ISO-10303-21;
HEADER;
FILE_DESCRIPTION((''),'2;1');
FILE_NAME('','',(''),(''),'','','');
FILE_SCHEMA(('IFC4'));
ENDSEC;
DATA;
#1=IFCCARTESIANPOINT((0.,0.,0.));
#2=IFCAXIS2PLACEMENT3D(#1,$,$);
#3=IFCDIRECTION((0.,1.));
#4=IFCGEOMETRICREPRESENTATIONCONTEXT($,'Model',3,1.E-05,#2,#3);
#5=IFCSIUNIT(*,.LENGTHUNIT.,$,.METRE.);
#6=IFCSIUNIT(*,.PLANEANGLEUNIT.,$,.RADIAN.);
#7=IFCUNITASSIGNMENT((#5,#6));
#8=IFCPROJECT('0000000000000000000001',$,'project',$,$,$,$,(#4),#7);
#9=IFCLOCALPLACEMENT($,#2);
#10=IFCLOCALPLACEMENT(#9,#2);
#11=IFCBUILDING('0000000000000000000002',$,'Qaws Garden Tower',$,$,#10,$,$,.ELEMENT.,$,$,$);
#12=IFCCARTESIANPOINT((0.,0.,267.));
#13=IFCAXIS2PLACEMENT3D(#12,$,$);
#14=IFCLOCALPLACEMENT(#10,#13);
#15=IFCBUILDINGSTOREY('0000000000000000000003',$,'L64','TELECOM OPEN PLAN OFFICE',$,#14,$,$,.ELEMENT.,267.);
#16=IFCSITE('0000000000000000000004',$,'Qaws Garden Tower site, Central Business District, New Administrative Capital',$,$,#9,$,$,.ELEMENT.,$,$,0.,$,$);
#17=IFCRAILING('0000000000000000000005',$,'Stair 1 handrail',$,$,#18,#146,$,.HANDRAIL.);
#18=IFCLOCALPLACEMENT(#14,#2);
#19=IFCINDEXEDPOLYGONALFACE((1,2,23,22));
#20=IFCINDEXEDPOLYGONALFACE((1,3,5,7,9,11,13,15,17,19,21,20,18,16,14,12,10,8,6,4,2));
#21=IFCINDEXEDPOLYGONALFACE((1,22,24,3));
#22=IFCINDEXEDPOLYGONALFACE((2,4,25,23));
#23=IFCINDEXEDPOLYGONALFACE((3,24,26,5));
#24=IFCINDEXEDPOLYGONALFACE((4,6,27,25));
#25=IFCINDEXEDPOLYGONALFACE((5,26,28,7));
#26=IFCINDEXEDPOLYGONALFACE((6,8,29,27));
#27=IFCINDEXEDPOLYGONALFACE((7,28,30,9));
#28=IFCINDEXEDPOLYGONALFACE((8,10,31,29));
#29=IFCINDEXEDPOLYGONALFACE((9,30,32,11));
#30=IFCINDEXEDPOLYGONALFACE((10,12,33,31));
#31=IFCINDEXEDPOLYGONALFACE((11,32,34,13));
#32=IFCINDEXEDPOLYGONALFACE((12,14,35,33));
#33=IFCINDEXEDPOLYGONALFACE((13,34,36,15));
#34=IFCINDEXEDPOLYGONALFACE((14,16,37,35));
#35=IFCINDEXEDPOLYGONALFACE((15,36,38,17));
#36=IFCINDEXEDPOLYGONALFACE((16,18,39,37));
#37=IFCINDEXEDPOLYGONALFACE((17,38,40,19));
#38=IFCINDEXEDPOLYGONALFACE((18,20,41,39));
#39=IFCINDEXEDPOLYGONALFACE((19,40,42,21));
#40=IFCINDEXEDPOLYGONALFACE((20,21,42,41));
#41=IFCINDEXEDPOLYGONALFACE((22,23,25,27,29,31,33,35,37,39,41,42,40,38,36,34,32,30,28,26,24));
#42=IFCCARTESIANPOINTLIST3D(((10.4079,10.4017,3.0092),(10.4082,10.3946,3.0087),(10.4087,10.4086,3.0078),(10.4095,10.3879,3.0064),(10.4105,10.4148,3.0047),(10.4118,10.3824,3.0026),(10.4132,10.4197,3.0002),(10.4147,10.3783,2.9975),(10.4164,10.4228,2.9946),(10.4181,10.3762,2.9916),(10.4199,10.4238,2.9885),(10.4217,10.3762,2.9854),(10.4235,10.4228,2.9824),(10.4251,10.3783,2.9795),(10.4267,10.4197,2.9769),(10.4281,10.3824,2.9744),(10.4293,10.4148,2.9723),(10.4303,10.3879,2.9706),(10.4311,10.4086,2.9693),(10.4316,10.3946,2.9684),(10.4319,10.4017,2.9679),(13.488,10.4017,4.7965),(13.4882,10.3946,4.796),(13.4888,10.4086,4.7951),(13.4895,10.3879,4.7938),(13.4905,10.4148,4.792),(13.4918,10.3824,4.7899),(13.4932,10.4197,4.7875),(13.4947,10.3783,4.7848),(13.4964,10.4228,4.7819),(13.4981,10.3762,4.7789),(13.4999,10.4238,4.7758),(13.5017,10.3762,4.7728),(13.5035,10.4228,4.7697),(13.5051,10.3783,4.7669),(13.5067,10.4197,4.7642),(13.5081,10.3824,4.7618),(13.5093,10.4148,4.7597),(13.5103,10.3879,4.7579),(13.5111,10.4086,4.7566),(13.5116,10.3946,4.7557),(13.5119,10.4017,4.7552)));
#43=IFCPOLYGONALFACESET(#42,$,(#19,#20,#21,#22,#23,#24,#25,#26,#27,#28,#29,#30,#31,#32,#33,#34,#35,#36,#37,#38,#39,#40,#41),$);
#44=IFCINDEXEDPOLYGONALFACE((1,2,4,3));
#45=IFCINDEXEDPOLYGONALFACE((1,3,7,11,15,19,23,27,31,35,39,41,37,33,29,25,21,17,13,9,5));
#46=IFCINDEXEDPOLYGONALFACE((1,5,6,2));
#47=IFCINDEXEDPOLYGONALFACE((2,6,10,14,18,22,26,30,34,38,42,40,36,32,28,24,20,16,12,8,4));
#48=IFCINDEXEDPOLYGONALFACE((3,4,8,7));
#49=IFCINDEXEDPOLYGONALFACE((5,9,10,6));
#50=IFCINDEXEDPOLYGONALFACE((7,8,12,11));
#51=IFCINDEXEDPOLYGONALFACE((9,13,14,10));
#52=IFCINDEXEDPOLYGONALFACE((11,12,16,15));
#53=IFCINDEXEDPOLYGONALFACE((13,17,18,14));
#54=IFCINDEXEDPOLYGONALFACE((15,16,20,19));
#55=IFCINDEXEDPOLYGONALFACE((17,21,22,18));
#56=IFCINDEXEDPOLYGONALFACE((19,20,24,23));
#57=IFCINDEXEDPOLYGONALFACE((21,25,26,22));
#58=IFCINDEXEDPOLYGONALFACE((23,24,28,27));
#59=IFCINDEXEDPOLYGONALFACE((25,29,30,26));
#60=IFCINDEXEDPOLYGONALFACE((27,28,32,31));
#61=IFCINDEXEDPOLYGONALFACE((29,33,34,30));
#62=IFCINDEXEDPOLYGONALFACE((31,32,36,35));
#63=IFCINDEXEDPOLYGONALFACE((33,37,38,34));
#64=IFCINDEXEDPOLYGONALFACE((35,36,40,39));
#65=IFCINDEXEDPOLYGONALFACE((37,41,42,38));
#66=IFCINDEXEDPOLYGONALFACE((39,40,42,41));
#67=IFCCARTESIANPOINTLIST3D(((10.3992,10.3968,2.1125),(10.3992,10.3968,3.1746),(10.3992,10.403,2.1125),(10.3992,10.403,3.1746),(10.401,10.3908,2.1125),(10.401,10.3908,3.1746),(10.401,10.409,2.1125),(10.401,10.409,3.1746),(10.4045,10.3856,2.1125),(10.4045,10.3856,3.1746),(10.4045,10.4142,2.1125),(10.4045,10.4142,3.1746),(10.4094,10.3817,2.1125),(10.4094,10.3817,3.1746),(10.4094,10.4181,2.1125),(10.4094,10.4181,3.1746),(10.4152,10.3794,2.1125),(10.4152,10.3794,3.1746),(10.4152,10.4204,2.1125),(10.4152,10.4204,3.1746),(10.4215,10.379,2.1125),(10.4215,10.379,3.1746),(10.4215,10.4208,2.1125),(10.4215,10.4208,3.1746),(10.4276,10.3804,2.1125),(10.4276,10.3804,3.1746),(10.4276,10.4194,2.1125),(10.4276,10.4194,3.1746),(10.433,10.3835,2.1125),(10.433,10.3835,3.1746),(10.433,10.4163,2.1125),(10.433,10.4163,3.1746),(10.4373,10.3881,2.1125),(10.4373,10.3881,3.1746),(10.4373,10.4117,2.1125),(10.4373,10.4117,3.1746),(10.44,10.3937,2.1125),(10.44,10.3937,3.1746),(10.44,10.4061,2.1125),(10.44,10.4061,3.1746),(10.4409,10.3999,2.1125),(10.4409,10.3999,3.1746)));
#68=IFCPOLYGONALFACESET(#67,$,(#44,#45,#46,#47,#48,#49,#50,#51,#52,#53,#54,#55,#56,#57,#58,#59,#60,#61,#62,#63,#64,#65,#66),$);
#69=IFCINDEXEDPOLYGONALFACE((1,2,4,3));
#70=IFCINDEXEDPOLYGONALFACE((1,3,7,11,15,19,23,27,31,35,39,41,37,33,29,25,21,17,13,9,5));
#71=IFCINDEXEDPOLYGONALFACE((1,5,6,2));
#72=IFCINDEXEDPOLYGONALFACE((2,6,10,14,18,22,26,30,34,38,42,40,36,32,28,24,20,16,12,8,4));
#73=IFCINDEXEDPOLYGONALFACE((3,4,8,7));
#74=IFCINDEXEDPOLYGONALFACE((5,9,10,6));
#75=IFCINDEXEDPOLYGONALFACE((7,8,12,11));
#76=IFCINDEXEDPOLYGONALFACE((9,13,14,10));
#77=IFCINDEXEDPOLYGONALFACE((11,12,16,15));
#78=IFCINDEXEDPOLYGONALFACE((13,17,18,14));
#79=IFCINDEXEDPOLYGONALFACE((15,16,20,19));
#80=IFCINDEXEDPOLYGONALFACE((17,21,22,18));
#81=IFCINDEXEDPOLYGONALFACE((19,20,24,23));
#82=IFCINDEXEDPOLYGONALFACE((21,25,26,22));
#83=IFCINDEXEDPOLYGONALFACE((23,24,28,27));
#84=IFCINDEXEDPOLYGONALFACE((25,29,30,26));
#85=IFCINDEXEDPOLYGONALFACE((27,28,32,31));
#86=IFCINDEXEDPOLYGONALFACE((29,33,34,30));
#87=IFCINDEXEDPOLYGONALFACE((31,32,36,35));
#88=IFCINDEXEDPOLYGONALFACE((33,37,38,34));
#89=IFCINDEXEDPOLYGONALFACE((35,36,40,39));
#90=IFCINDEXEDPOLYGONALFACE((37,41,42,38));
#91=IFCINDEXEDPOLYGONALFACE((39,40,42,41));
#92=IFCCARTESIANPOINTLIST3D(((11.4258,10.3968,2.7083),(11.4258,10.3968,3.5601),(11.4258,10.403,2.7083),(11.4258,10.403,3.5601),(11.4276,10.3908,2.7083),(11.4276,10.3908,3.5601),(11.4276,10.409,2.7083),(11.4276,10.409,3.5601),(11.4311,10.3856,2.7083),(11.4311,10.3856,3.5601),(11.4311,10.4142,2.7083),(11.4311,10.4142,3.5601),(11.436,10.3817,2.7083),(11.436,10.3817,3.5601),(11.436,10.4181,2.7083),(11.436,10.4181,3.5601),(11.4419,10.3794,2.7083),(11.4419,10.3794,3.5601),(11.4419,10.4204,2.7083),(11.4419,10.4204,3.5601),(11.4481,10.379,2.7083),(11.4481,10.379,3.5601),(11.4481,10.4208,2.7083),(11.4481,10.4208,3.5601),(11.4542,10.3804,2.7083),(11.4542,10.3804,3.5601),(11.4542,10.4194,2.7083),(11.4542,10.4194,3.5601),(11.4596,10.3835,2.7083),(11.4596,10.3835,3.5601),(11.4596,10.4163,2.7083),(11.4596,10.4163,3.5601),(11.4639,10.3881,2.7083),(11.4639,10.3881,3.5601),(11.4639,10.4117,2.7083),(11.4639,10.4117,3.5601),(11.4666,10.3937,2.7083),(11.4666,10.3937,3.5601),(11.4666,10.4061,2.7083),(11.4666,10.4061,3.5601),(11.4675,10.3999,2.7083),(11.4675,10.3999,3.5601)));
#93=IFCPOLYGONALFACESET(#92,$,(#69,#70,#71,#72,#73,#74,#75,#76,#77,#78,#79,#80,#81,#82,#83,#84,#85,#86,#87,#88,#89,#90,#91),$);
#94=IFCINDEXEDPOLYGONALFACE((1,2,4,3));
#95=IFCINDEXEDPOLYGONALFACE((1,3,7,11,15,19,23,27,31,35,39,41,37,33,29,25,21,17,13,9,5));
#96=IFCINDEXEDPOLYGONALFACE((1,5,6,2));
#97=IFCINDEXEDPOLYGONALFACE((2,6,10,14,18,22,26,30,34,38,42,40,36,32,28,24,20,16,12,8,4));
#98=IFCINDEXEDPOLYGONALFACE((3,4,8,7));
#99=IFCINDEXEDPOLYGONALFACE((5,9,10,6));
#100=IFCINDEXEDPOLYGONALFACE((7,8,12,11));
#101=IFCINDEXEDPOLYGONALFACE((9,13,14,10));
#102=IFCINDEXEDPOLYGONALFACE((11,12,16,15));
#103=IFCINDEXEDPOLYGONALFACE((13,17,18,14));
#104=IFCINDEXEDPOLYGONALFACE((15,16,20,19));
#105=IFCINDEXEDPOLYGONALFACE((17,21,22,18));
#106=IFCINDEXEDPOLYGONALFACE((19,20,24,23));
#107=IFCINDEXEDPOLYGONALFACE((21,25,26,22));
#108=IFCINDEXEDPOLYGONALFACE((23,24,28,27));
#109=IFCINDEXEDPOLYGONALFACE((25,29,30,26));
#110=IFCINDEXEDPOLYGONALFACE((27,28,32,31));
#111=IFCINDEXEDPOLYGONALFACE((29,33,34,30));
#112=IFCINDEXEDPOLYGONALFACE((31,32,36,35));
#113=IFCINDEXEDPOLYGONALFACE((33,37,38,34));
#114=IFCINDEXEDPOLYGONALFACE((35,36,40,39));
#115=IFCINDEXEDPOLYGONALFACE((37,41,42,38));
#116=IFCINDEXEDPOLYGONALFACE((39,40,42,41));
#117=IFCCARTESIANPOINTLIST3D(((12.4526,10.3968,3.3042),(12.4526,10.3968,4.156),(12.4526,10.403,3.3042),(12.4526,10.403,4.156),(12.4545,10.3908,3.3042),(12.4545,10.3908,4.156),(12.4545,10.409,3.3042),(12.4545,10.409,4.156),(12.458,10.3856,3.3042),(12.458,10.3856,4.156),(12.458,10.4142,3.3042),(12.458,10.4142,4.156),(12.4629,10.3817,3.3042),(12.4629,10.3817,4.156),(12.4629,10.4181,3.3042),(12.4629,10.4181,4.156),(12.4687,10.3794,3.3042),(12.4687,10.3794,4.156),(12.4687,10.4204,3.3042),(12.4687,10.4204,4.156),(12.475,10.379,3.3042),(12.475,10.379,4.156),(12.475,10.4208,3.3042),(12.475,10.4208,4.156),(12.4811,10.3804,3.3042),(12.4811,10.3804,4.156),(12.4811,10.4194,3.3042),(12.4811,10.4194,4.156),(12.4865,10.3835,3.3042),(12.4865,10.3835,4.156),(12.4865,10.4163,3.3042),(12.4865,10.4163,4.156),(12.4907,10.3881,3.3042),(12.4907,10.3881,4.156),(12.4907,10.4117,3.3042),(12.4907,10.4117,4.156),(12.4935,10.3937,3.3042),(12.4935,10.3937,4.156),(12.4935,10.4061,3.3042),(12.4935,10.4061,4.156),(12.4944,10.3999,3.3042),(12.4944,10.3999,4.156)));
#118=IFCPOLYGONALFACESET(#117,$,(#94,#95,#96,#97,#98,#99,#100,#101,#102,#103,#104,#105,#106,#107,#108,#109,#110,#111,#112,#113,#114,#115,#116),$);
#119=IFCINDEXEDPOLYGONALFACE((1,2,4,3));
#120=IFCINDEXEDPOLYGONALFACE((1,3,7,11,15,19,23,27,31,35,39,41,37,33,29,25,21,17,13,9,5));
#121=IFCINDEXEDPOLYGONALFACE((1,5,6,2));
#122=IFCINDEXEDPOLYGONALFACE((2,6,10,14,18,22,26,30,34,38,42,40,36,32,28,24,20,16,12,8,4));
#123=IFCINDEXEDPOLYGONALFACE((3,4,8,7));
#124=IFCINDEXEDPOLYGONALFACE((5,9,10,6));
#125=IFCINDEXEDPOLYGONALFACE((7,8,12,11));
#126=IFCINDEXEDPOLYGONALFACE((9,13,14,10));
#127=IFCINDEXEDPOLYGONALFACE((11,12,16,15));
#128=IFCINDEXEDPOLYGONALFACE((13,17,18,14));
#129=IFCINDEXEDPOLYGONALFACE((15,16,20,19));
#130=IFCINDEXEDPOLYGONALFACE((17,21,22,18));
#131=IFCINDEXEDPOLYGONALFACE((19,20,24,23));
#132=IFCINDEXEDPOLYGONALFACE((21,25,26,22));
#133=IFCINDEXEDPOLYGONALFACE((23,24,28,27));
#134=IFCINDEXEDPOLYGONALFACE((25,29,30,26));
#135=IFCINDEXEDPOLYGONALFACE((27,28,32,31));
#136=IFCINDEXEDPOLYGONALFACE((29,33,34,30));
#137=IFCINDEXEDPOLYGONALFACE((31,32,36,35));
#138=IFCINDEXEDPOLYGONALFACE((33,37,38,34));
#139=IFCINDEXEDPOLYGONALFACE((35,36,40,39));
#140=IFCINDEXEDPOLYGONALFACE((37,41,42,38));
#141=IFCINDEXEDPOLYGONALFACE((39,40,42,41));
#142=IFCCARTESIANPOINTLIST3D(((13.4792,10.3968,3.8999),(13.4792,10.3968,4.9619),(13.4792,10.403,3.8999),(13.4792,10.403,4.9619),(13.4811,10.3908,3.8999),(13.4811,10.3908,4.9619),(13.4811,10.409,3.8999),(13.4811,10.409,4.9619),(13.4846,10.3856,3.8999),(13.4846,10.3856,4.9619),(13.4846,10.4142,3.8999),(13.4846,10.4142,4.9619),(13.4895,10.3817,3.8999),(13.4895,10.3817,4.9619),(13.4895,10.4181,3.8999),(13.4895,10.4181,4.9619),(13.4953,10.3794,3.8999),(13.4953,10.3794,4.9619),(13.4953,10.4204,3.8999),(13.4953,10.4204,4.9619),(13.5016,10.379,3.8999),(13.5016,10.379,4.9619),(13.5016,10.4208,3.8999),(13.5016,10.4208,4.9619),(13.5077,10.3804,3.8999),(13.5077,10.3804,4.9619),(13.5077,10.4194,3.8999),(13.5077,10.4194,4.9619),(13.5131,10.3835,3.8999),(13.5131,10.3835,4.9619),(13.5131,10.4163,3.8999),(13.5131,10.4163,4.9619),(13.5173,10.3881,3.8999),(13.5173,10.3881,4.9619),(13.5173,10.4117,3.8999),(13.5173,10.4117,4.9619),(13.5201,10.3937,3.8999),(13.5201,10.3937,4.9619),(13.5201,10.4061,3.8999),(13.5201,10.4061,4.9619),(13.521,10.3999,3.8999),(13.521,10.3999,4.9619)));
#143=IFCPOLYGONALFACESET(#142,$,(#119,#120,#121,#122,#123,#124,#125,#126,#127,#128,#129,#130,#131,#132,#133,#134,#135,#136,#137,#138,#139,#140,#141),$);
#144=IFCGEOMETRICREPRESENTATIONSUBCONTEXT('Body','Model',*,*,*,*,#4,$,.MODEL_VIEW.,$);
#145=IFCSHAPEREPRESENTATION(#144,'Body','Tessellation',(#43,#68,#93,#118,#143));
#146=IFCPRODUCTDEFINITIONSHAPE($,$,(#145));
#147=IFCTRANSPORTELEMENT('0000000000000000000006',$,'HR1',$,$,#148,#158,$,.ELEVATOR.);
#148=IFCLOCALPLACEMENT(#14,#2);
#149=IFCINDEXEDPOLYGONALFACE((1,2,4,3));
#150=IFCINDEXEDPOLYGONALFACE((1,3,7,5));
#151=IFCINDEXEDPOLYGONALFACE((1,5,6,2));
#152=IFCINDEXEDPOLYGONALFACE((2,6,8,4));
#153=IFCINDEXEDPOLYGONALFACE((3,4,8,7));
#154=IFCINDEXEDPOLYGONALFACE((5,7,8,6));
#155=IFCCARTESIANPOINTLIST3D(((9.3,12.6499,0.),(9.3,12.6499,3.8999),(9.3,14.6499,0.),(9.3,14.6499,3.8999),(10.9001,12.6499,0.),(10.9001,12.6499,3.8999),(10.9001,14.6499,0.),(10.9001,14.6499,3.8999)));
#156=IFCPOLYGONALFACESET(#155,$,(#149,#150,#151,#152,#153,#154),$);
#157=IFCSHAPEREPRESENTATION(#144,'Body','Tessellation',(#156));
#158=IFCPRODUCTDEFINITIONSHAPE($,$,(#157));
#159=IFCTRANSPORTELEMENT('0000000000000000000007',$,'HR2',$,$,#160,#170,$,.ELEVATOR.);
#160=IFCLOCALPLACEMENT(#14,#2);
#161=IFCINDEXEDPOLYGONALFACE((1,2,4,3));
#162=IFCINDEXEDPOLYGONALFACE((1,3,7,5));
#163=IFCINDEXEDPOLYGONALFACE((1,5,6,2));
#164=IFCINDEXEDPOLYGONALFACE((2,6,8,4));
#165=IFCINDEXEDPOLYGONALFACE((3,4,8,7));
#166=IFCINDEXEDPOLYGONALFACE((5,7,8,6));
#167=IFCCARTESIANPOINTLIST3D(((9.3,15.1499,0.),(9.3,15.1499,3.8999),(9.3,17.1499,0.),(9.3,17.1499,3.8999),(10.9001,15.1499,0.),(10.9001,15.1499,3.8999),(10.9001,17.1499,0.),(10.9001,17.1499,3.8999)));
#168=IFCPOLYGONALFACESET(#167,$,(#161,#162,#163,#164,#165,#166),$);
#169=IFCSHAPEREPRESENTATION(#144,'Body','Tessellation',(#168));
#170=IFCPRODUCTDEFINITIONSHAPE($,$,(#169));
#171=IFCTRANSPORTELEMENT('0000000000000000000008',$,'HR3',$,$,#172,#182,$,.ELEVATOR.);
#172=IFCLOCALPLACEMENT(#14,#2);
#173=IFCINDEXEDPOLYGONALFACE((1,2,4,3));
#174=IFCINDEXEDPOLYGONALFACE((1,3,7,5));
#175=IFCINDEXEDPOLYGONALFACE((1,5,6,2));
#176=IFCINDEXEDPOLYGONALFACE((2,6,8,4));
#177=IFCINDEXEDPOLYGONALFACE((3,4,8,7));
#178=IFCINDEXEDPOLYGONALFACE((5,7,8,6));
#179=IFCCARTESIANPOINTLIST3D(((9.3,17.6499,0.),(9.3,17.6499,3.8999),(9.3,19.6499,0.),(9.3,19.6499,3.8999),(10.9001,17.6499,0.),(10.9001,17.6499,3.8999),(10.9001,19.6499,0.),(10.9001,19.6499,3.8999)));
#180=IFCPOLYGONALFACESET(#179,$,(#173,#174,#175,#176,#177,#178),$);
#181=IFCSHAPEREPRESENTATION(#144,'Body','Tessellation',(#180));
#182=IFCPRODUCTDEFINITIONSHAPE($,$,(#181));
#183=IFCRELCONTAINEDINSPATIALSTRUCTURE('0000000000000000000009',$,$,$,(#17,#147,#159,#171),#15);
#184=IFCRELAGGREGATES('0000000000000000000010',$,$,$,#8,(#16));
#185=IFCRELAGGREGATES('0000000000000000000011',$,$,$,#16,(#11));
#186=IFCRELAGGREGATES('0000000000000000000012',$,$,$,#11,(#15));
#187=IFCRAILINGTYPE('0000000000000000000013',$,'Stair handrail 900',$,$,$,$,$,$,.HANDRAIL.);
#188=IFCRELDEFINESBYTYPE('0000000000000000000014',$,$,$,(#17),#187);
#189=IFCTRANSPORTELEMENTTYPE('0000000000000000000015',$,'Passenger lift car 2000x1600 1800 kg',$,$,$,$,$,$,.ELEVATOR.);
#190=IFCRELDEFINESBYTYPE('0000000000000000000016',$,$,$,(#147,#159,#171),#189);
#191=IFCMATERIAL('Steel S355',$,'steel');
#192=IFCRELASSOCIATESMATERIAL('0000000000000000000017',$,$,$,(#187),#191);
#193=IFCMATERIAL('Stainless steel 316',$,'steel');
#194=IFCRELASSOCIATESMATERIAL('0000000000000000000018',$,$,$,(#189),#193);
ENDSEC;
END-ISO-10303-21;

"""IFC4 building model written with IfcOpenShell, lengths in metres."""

from ifc_helpers import new_model, si_unit, direction, frame, origin, origin_2d, place, context, subcontext, project, spatial, rectangle, circle, extrude, material, type_object, element, save


model = new_model("IFC4")

# Units and contexts
model_context = context("Model", 3, precision=1e-05, world=origin(), true_north=direction((0.0, 1.0)))
body_context = subcontext(model_context, "Body", "Model", "MODEL_VIEW")
ifc_project = project(units=[si_unit("LENGTHUNIT", "METRE"), si_unit("PLANEANGLEUNIT", "RADIAN")], contexts=[model_context])

# Site, building, storey
site_placement = place(None, origin())
site = spatial("IfcSite", under=ifc_project, at=site_placement, Name="Qaws Garden Tower site, Central Business District, New Administrative Capital", CompositionType="ELEMENT", RefElevation=0.0)
building_placement = place(site_placement, origin())
building = spatial("IfcBuilding", under=site, at=building_placement, Name="Qaws Garden Tower", CompositionType="ELEMENT")
storey_placement = place(building_placement, frame((0.0, 0.0, 267.0)))
storey = spatial("IfcBuildingStorey", under=building, at=storey_placement, Name="L64", Description="TELECOM OPEN PLAN OFFICE", CompositionType="ELEMENT", Elevation=267.0)

# Railing
ifc_material_1 = material(Name="Steel S355", Category="steel")
railing_type = type_object("IfcRailingType", Name="Stair handrail 900", PredefinedType="HANDRAIL", material=ifc_material_1)
railing_placement = place(storey_placement, frame((10.4199, 10.3999, 2.1125)))
element("IfcRailing", 1, at=railing_placement, inside=storey, type_object=railing_type, Name="Stair 1 handrail", PredefinedType="HANDRAIL", context=body_context, shape_type="SweptSolid", body=[
    extrude(circle(Radius=0.0239, at=origin_2d()), frame((0.0, 0.0, 0.876), z_axis=(0.86492, 0.0, 0.501909), x_axis=(0.0, 1.0, 0.0)), (0.0, 0.0, 1.0), 3.561),
    extrude(circle(Radius=0.021, at=origin_2d()), origin(), (0.0, 0.0, 1.0), 1.062),
    extrude(circle(Radius=0.021, at=origin_2d()), frame((1.0266, 0.0, 0.5957)), (0.0, 0.0, 1.0), 0.8518),
    extrude(circle(Radius=0.021, at=origin_2d()), frame((2.0535, 0.0, 1.1917)), (0.0, 0.0, 1.0), 0.8518),
    extrude(circle(Radius=0.021, at=origin_2d()), frame((3.0801, 0.0, 1.7874)), (0.0, 0.0, 1.0), 1.062),
])

# Transport elements
ifc_material_2 = material(Name="Stainless steel 316", Category="steel")
transport_element_type = type_object("IfcTransportElementType", Name="Passenger lift car 2000x1600 1800 kg", PredefinedType="ELEVATOR", material=ifc_material_2)
for number, where, z_axis, x_axis, name in (
    (2, (10.1001, 13.6499, 0.0), (0.0, 0.0, 1.0), (1.0, 0.0, 0.0), "HR1"),
    (3, (10.1001, 16.1499, 0.0), (0.0, 0.0, 1.0), (1.0, 0.0, 0.0), "HR2"),
    (4, (10.1001, 18.6499, 0.0), (0.0, 0.0, 1.0), (1.0, 0.0, 0.0), "HR3"),
):
    element("IfcTransportElement", number, at=place(storey_placement, frame(where, z_axis=z_axis, x_axis=x_axis)), inside=storey, type_object=transport_element_type, Name=name, PredefinedType="ELEVATOR", context=body_context, shape_type="SweptSolid", body=[
        extrude(rectangle(XDim=1.6001, YDim=2.0, at=origin_2d()), origin(), (0.0, 0.0, 1.0), 3.8999),
    ])

save(model, "model.ifc")
